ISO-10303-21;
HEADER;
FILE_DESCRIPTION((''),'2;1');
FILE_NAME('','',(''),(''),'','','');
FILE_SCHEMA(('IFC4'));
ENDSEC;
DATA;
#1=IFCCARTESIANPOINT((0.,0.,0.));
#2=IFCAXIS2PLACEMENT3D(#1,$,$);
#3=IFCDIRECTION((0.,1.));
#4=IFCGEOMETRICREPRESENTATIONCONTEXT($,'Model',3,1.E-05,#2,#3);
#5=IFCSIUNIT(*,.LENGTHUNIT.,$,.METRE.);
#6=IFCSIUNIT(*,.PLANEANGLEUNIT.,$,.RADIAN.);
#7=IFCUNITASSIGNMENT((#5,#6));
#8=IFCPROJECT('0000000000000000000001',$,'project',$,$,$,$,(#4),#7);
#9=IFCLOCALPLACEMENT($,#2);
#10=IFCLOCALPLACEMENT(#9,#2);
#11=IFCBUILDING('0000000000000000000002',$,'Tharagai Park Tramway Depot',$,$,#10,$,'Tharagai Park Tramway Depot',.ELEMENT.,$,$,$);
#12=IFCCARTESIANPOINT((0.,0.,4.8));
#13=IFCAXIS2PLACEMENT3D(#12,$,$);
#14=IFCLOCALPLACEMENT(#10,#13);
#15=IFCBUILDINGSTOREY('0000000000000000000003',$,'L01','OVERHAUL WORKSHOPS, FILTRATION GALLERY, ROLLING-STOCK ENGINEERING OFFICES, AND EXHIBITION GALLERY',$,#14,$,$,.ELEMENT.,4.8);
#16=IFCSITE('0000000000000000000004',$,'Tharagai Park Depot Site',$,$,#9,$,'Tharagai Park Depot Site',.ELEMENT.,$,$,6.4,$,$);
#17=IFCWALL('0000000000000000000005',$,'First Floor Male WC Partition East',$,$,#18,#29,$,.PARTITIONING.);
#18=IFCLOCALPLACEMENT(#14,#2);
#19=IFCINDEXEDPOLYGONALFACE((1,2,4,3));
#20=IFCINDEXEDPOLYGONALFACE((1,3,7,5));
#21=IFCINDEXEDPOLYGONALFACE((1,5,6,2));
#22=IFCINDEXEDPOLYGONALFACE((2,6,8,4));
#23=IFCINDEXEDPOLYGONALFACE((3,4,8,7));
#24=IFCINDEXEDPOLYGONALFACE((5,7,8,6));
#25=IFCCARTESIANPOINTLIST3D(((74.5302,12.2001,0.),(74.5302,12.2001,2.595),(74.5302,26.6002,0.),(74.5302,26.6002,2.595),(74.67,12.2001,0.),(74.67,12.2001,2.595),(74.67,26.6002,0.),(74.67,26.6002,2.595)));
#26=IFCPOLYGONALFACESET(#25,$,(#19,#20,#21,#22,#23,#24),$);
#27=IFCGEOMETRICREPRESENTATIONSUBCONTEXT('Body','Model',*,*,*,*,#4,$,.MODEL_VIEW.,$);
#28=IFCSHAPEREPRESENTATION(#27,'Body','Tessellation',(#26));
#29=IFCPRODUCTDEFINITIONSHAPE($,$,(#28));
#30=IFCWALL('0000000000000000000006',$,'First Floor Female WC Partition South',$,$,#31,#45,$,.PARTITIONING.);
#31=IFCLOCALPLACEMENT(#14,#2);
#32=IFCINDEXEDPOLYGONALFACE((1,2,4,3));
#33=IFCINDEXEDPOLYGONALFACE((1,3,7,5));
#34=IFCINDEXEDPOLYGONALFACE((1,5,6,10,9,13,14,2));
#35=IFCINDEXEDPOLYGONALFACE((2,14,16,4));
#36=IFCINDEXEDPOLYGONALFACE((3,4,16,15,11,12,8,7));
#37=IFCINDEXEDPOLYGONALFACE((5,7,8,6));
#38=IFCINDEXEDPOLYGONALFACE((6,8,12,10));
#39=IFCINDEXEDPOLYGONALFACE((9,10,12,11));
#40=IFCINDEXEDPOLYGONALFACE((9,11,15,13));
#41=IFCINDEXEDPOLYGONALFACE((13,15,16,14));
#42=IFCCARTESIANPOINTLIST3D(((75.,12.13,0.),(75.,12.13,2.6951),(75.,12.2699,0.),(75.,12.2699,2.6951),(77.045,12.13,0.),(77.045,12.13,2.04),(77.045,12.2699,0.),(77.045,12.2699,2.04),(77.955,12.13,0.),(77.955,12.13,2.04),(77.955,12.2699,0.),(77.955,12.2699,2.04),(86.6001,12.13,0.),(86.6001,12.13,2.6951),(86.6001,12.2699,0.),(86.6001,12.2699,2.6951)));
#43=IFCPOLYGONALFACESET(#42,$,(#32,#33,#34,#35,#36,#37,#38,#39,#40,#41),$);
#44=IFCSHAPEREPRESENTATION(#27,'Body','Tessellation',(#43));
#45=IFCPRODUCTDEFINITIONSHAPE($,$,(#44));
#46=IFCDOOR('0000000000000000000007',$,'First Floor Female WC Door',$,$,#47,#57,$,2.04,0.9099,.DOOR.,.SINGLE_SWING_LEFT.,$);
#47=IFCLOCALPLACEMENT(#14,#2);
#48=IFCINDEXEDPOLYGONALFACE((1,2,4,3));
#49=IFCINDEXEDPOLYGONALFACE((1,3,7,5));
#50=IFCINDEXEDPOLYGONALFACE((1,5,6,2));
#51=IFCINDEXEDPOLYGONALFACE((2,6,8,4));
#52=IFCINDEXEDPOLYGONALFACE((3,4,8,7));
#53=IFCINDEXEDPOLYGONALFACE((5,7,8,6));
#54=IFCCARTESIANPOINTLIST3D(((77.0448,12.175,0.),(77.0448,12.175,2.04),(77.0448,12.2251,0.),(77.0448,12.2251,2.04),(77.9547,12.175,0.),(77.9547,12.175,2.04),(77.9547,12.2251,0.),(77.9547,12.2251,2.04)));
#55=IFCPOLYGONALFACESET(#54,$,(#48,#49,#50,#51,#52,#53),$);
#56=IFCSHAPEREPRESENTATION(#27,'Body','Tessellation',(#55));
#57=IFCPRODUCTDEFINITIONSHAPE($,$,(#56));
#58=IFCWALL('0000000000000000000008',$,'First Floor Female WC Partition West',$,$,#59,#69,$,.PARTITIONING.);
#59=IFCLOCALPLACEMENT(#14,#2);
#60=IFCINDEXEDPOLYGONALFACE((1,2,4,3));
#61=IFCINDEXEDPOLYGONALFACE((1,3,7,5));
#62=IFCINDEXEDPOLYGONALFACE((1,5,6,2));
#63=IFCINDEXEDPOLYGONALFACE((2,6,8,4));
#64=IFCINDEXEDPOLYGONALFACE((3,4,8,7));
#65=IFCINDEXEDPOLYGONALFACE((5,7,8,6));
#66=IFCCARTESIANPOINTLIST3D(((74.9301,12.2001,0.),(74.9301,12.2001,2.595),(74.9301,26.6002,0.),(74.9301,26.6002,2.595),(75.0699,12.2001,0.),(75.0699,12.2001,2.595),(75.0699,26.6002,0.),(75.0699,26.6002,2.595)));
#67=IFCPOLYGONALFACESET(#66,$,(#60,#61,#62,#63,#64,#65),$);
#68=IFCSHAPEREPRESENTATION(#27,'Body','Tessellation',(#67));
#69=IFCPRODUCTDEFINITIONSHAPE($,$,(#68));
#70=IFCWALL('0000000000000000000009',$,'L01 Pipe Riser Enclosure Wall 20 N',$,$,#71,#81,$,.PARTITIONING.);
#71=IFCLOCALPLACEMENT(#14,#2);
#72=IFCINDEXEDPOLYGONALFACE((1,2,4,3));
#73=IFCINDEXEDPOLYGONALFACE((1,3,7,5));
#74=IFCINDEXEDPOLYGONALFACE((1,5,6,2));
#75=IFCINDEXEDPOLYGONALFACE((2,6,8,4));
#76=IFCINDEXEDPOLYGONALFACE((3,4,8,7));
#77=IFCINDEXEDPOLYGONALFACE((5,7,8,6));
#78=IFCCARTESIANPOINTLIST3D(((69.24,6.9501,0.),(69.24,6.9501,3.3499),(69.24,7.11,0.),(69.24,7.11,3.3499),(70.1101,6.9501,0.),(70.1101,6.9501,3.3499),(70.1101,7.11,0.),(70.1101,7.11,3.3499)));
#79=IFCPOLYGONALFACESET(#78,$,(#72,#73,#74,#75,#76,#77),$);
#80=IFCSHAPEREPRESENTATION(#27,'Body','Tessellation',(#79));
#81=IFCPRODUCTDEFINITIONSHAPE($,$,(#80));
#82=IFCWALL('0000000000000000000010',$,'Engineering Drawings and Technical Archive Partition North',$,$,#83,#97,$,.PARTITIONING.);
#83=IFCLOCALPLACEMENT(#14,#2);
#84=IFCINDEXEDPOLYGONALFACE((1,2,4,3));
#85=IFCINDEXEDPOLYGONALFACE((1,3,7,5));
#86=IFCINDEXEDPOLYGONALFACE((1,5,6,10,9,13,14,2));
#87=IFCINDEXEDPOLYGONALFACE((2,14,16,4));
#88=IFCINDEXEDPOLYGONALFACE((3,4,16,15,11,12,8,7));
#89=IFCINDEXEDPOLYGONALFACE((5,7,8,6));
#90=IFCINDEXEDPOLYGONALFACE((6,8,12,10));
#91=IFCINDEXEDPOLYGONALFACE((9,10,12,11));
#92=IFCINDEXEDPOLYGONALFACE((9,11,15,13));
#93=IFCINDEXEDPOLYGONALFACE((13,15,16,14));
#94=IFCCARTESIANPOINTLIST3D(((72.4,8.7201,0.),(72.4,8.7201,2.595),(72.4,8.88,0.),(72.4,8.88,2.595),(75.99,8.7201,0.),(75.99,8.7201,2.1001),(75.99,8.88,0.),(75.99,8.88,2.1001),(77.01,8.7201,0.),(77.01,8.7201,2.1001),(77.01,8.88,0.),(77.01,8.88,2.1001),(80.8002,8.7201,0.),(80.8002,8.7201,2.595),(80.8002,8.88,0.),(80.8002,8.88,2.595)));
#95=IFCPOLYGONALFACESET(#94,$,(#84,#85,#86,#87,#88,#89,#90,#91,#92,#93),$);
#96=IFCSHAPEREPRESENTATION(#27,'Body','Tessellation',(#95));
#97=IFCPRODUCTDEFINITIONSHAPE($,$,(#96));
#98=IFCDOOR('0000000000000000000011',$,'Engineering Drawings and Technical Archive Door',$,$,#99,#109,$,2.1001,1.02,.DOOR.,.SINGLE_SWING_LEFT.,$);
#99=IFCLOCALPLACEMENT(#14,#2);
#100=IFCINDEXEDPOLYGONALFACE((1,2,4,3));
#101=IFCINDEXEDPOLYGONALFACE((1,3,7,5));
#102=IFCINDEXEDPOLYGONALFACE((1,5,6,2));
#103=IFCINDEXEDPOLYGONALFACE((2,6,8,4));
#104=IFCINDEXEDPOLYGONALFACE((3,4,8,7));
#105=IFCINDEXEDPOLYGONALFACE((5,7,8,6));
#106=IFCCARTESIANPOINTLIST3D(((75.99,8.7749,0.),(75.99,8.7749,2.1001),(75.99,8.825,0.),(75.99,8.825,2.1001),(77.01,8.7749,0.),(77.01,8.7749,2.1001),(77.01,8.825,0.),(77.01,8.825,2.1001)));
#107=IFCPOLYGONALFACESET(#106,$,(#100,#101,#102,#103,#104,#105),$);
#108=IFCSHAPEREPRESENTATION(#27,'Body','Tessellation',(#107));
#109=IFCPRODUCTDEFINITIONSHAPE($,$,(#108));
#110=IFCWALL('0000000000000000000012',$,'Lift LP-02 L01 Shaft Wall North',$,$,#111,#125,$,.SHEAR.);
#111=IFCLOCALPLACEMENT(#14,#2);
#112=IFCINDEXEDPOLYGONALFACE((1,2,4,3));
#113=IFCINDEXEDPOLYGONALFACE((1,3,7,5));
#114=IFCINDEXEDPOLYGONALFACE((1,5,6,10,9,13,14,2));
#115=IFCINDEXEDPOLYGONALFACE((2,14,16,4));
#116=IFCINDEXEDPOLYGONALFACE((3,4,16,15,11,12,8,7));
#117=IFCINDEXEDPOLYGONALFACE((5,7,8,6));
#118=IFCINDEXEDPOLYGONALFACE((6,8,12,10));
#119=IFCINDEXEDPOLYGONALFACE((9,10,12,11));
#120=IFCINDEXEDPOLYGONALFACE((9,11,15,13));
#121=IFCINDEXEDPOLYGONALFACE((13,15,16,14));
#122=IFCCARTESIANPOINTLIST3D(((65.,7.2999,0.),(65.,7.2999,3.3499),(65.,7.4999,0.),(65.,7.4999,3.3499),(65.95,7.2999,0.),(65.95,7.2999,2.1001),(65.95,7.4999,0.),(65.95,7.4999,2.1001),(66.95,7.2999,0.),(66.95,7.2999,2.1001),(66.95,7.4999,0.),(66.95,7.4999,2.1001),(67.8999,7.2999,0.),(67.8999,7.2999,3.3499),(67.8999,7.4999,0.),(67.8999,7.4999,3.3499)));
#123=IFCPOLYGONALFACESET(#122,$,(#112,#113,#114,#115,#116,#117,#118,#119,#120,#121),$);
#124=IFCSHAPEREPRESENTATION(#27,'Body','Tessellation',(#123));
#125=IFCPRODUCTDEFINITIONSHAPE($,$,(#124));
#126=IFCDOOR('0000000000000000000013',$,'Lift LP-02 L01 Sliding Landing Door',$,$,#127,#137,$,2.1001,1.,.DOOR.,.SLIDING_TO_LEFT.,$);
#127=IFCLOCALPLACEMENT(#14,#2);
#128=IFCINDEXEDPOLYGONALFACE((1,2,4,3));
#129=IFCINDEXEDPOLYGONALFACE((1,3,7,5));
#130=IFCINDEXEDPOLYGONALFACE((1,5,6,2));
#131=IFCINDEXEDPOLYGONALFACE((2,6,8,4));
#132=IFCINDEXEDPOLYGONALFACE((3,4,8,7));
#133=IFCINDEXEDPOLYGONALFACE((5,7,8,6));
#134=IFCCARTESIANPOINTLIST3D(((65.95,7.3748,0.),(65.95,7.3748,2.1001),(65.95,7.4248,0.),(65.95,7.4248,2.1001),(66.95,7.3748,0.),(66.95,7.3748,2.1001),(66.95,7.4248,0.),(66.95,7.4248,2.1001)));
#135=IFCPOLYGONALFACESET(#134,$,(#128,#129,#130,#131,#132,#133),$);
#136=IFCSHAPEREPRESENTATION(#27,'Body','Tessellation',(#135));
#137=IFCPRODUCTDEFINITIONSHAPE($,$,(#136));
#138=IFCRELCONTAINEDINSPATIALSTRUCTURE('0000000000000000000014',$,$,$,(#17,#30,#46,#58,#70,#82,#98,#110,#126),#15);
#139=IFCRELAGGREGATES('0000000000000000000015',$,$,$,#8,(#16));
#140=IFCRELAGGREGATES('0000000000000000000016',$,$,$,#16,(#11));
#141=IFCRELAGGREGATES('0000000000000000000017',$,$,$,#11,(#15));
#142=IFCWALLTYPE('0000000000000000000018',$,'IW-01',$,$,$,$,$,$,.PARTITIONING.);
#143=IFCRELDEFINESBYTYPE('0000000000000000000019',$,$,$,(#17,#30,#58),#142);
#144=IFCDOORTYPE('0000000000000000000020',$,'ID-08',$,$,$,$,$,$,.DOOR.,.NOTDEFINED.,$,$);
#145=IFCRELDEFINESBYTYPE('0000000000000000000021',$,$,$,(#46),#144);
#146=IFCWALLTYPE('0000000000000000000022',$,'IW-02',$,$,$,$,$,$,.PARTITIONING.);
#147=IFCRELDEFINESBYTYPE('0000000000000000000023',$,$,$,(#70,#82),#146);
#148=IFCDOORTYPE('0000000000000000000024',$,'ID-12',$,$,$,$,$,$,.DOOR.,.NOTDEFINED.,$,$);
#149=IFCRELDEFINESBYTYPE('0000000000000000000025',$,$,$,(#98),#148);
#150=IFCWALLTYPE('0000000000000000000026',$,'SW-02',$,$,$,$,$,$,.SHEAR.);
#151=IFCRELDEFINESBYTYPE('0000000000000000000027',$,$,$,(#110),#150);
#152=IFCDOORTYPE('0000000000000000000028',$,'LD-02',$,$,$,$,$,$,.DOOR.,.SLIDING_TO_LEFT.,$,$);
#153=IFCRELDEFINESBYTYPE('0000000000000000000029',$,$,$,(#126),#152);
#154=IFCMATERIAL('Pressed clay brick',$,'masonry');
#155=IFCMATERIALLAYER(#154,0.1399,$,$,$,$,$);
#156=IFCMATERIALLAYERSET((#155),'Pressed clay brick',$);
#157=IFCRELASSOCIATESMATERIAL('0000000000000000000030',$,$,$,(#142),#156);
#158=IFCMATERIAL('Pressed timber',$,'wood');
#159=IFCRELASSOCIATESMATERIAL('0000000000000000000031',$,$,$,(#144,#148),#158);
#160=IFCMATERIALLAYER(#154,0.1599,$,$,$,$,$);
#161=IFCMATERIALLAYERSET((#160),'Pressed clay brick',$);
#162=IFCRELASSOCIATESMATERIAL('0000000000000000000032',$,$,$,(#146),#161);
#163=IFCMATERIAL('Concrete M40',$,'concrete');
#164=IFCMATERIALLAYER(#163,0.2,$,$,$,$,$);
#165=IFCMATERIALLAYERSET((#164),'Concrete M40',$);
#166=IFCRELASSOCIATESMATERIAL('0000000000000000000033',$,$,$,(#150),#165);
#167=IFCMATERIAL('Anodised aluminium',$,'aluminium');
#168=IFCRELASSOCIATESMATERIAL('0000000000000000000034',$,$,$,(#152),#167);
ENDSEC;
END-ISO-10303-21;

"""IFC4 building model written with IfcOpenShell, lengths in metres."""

from ifc_helpers import new_model, si_unit, direction, frame, frame_2d, origin, place, context, subcontext, project, spatial, rectangle, extrude, material, layer, layer_set, type_object, element, fill, save


model = new_model("IFC4")

# Units and contexts
model_context = context("Model", 3, precision=1e-05, world=origin(), true_north=direction((0.0, 1.0)))
body_context = subcontext(model_context, "Body", "Model", "MODEL_VIEW")
ifc_project = project(units=[si_unit("LENGTHUNIT", "METRE"), si_unit("PLANEANGLEUNIT", "RADIAN")], contexts=[model_context])

# Site, building, storey
site_placement = place(None, origin())
site = spatial("IfcSite", under=ifc_project, at=site_placement, Name="Tharagai Park Depot Site", LongName="Tharagai Park Depot Site", CompositionType="ELEMENT", RefElevation=6.4)
building_placement = place(site_placement, origin())
building = spatial("IfcBuilding", under=site, at=building_placement, Name="Tharagai Park Tramway Depot", LongName="Tharagai Park Tramway Depot", CompositionType="ELEMENT")
storey_placement = place(building_placement, frame((0.0, 0.0, 4.8)))
storey = spatial("IfcBuildingStorey", under=building, at=storey_placement, Name="L01", Description="OVERHAUL WORKSHOPS, FILTRATION GALLERY, ROLLING-STOCK ENGINEERING OFFICES, AND EXHIBITION GALLERY", CompositionType="ELEMENT", Elevation=4.8)

# Shared definitions
ifc_material_1 = material(Name="Concrete M40", Category="concrete")

# Shared definitions
ifc_material_2 = material(Name="Pressed clay brick", Category="masonry")
ifc_layer_1 = layer(ifc_material_2, 0.1399)
ifc_layer_set_1 = layer_set([ifc_layer_1], Name="Pressed clay brick")
wall_type_1 = type_object("IfcWallType", Name="IW-01", PredefinedType="PARTITIONING", material=ifc_layer_set_1)
ifc_material_3 = material(Name="Pressed timber", Category="wood")
door_type_1 = type_object("IfcDoorType", Name="ID-08", OperationType="NOTDEFINED", PredefinedType="DOOR", material=ifc_material_3)

# Wall
for number, where, z_axis, x_axis, name in (
    (1, (74.6001, 12.2, 0.0), (0.0, 0.0, 1.0), (0.0, 1.0, 0.0), "First Floor Male WC Partition East"),
):
    element("IfcWall", number, at=place(storey_placement, frame(where, z_axis=z_axis, x_axis=x_axis)), inside=storey, type_object=wall_type_1, Name=name, PredefinedType="PARTITIONING", context=body_context, shape_type="SweptSolid", body=[
        extrude(rectangle(XDim=14.4001, YDim=0.1399, at=frame_2d((7.2002, 0.0))), origin(), (0.0, 0.0, 1.0), 2.595),
    ])

# Wall, opening, door
wall_1_placement = place(storey_placement, frame((75.0, 12.2, 0.0), z_axis=(0.0, 0.0, 1.0), x_axis=(1.0, 0.0, 0.0)))
wall_1 = element("IfcWall", 2, at=wall_1_placement, inside=storey, type_object=wall_type_1, Name="First Floor Female WC Partition South", PredefinedType="PARTITIONING", context=body_context, shape_type="SweptSolid", body=[
    extrude(rectangle(XDim=11.6001, YDim=0.1399, at=frame_2d((5.8, 0.0))), origin(), (0.0, 0.0, 1.0), 2.6951),
])
opening_1_placement = place(wall_1_placement, frame((2.0449, 0.0, 0.0)))
opening_1 = element("IfcOpeningElement", 3, at=opening_1_placement, cuts=wall_1, PredefinedType="OPENING", context=body_context, shape_type="SweptSolid", body=[
    extrude(rectangle(XDim=0.9099, YDim=2.04, at=frame_2d((0.4551, 1.02))), frame((0.0, 0.0798, 0.0), z_axis=(0.0, -1.0, 0.0), x_axis=(1.0, 0.0, 0.0)), (0.0, 0.0, 1.0), 0.1599),
])
door_1_placement = place(opening_1_placement, frame((0.9099, 0.0, 0.0), z_axis=(0.0, 0.0, 1.0), x_axis=(-1.0, 0.0, 0.0)))
door_1 = element("IfcDoor", 4, at=door_1_placement, inside=storey, type_object=door_type_1, Name="First Floor Female WC Door", OperationType="SINGLE_SWING_LEFT", OverallHeight=2.04, OverallWidth=0.9099, PredefinedType="DOOR", context=body_context, shape_type="SweptSolid", body=[
    extrude(rectangle(XDim=0.9099, YDim=2.04, at=frame_2d((0.4551, 1.02))), frame((0.0, 0.0249, 0.0), z_axis=(0.0, -1.0, 0.0), x_axis=(1.0, 0.0, 0.0)), (0.0, 0.0, 1.0), 0.05),
])
fill(opening_1, door_1)

# Walls
wall_2_placement = place(storey_placement, frame((75.0, 12.2, 0.0), z_axis=(0.0, 0.0, 1.0), x_axis=(0.0, 1.0, 0.0)))
element("IfcWall", 5, at=wall_2_placement, inside=storey, type_object=wall_type_1, Name="First Floor Female WC Partition West", PredefinedType="PARTITIONING", context=body_context, shape_type="SweptSolid", body=[
    extrude(rectangle(XDim=14.4001, YDim=0.1399, at=frame_2d((7.2002, 0.0))), origin(), (0.0, 0.0, 1.0), 2.595),
])
ifc_layer_2 = layer(ifc_material_2, 0.1599)
ifc_layer_set_2 = layer_set([ifc_layer_2], Name="Pressed clay brick")
wall_type_2 = type_object("IfcWallType", Name="IW-02", PredefinedType="PARTITIONING", material=ifc_layer_set_2)
wall_3_placement = place(storey_placement, frame((69.24, 7.03, 0.0), z_axis=(0.0, 0.0, 1.0), x_axis=(1.0, 0.0, 0.0)))
element("IfcWall", 6, at=wall_3_placement, inside=storey, type_object=wall_type_2, Name="L01 Pipe Riser Enclosure Wall 20 N", PredefinedType="PARTITIONING", context=body_context, shape_type="SweptSolid", body=[
    extrude(rectangle(XDim=0.8701, YDim=0.1599, at=frame_2d((0.4351, 0.0))), origin(), (0.0, 0.0, 1.0), 3.3499),
])

# Walls, openings, doors
wall_4_placement = place(storey_placement, frame((72.3999, 8.8, 0.0), z_axis=(0.0, 0.0, 1.0), x_axis=(1.0, 0.0, 0.0)))
wall_4 = element("IfcWall", 7, at=wall_4_placement, inside=storey, type_object=wall_type_2, Name="Engineering Drawings and Technical Archive Partition North", PredefinedType="PARTITIONING", context=body_context, shape_type="SweptSolid", body=[
    extrude(rectangle(XDim=8.4001, YDim=0.1599, at=frame_2d((4.2002, 0.0))), origin(), (0.0, 0.0, 1.0), 2.595),
])
opening_2_placement = place(wall_4_placement, frame((3.5901, 0.0, 0.0)))
opening_2 = element("IfcOpeningElement", 8, at=opening_2_placement, cuts=wall_4, PredefinedType="OPENING", context=body_context, shape_type="SweptSolid", body=[
    extrude(rectangle(XDim=1.02, YDim=2.1001, at=frame_2d((0.51, 1.05))), frame((0.0, 0.0898, 0.0), z_axis=(0.0, -1.0, 0.0), x_axis=(1.0, 0.0, 0.0)), (0.0, 0.0, 1.0), 0.1799),
])
door_type_2 = type_object("IfcDoorType", Name="ID-12", OperationType="NOTDEFINED", PredefinedType="DOOR", material=ifc_material_3)
door_2_placement = place(opening_2_placement, origin())
door_2 = element("IfcDoor", 9, at=door_2_placement, inside=storey, type_object=door_type_2, Name="Engineering Drawings and Technical Archive Door", OperationType="SINGLE_SWING_LEFT", OverallHeight=2.1001, OverallWidth=1.02, PredefinedType="DOOR", context=body_context, shape_type="SweptSolid", body=[
    extrude(rectangle(XDim=1.02, YDim=2.1001, at=frame_2d((0.51, 1.05))), frame((0.0, 0.0249, 0.0), z_axis=(0.0, -1.0, 0.0), x_axis=(1.0, 0.0, 0.0)), (0.0, 0.0, 1.0), 0.05),
])
fill(opening_2, door_2)
ifc_layer_3 = layer(ifc_material_1, 0.2)
ifc_layer_set_3 = layer_set([ifc_layer_3], Name="Concrete M40")
wall_type_3 = type_object("IfcWallType", Name="SW-02", PredefinedType="SHEAR", material=ifc_layer_set_3)
wall_5_placement = place(storey_placement, frame((65.0, 7.3999, 0.0), z_axis=(0.0, 0.0, 1.0), x_axis=(1.0, 0.0, 0.0)))
wall_5 = element("IfcWall", 10, at=wall_5_placement, inside=storey, type_object=wall_type_3, Name="Lift LP-02 L01 Shaft Wall North", PredefinedType="SHEAR", context=body_context, shape_type="SweptSolid", body=[
    extrude(rectangle(XDim=2.8999, YDim=0.2, at=frame_2d((1.45, 0.0))), origin(), (0.0, 0.0, 1.0), 3.3499),
])
opening_3_placement = place(wall_5_placement, frame((0.95, 0.0, 0.0)))
opening_3 = element("IfcOpeningElement", 11, at=opening_3_placement, cuts=wall_5, PredefinedType="OPENING", context=body_context, shape_type="SweptSolid", body=[
    extrude(rectangle(XDim=1.0, YDim=2.1001, at=frame_2d((0.5, 1.05))), frame((0.0, 0.1099, 0.0), z_axis=(0.0, -1.0, 0.0), x_axis=(1.0, 0.0, 0.0)), (0.0, 0.0, 1.0), 0.22),
])
ifc_material_4 = material(Name="Anodised aluminium", Category="aluminium")
door_type_3 = type_object("IfcDoorType", Name="LD-02", OperationType="SLIDING_TO_LEFT", PredefinedType="DOOR", material=ifc_material_4)
door_3_placement = place(opening_3_placement, origin())
door_3 = element("IfcDoor", 12, at=door_3_placement, inside=storey, type_object=door_type_3, Name="Lift LP-02 L01 Sliding Landing Door", OperationType="SLIDING_TO_LEFT", OverallHeight=2.1001, OverallWidth=1.0, PredefinedType="DOOR", context=body_context, shape_type="SweptSolid", body=[
    extrude(rectangle(XDim=1.0, YDim=2.1001, at=frame_2d((0.5, 1.05))), frame((0.0, 0.0249, 0.0), z_axis=(0.0, -1.0, 0.0), x_axis=(1.0, 0.0, 0.0)), (0.0, 0.0, 1.0), 0.05),
])
fill(opening_3, door_3)

save(model, "model.ifc")
